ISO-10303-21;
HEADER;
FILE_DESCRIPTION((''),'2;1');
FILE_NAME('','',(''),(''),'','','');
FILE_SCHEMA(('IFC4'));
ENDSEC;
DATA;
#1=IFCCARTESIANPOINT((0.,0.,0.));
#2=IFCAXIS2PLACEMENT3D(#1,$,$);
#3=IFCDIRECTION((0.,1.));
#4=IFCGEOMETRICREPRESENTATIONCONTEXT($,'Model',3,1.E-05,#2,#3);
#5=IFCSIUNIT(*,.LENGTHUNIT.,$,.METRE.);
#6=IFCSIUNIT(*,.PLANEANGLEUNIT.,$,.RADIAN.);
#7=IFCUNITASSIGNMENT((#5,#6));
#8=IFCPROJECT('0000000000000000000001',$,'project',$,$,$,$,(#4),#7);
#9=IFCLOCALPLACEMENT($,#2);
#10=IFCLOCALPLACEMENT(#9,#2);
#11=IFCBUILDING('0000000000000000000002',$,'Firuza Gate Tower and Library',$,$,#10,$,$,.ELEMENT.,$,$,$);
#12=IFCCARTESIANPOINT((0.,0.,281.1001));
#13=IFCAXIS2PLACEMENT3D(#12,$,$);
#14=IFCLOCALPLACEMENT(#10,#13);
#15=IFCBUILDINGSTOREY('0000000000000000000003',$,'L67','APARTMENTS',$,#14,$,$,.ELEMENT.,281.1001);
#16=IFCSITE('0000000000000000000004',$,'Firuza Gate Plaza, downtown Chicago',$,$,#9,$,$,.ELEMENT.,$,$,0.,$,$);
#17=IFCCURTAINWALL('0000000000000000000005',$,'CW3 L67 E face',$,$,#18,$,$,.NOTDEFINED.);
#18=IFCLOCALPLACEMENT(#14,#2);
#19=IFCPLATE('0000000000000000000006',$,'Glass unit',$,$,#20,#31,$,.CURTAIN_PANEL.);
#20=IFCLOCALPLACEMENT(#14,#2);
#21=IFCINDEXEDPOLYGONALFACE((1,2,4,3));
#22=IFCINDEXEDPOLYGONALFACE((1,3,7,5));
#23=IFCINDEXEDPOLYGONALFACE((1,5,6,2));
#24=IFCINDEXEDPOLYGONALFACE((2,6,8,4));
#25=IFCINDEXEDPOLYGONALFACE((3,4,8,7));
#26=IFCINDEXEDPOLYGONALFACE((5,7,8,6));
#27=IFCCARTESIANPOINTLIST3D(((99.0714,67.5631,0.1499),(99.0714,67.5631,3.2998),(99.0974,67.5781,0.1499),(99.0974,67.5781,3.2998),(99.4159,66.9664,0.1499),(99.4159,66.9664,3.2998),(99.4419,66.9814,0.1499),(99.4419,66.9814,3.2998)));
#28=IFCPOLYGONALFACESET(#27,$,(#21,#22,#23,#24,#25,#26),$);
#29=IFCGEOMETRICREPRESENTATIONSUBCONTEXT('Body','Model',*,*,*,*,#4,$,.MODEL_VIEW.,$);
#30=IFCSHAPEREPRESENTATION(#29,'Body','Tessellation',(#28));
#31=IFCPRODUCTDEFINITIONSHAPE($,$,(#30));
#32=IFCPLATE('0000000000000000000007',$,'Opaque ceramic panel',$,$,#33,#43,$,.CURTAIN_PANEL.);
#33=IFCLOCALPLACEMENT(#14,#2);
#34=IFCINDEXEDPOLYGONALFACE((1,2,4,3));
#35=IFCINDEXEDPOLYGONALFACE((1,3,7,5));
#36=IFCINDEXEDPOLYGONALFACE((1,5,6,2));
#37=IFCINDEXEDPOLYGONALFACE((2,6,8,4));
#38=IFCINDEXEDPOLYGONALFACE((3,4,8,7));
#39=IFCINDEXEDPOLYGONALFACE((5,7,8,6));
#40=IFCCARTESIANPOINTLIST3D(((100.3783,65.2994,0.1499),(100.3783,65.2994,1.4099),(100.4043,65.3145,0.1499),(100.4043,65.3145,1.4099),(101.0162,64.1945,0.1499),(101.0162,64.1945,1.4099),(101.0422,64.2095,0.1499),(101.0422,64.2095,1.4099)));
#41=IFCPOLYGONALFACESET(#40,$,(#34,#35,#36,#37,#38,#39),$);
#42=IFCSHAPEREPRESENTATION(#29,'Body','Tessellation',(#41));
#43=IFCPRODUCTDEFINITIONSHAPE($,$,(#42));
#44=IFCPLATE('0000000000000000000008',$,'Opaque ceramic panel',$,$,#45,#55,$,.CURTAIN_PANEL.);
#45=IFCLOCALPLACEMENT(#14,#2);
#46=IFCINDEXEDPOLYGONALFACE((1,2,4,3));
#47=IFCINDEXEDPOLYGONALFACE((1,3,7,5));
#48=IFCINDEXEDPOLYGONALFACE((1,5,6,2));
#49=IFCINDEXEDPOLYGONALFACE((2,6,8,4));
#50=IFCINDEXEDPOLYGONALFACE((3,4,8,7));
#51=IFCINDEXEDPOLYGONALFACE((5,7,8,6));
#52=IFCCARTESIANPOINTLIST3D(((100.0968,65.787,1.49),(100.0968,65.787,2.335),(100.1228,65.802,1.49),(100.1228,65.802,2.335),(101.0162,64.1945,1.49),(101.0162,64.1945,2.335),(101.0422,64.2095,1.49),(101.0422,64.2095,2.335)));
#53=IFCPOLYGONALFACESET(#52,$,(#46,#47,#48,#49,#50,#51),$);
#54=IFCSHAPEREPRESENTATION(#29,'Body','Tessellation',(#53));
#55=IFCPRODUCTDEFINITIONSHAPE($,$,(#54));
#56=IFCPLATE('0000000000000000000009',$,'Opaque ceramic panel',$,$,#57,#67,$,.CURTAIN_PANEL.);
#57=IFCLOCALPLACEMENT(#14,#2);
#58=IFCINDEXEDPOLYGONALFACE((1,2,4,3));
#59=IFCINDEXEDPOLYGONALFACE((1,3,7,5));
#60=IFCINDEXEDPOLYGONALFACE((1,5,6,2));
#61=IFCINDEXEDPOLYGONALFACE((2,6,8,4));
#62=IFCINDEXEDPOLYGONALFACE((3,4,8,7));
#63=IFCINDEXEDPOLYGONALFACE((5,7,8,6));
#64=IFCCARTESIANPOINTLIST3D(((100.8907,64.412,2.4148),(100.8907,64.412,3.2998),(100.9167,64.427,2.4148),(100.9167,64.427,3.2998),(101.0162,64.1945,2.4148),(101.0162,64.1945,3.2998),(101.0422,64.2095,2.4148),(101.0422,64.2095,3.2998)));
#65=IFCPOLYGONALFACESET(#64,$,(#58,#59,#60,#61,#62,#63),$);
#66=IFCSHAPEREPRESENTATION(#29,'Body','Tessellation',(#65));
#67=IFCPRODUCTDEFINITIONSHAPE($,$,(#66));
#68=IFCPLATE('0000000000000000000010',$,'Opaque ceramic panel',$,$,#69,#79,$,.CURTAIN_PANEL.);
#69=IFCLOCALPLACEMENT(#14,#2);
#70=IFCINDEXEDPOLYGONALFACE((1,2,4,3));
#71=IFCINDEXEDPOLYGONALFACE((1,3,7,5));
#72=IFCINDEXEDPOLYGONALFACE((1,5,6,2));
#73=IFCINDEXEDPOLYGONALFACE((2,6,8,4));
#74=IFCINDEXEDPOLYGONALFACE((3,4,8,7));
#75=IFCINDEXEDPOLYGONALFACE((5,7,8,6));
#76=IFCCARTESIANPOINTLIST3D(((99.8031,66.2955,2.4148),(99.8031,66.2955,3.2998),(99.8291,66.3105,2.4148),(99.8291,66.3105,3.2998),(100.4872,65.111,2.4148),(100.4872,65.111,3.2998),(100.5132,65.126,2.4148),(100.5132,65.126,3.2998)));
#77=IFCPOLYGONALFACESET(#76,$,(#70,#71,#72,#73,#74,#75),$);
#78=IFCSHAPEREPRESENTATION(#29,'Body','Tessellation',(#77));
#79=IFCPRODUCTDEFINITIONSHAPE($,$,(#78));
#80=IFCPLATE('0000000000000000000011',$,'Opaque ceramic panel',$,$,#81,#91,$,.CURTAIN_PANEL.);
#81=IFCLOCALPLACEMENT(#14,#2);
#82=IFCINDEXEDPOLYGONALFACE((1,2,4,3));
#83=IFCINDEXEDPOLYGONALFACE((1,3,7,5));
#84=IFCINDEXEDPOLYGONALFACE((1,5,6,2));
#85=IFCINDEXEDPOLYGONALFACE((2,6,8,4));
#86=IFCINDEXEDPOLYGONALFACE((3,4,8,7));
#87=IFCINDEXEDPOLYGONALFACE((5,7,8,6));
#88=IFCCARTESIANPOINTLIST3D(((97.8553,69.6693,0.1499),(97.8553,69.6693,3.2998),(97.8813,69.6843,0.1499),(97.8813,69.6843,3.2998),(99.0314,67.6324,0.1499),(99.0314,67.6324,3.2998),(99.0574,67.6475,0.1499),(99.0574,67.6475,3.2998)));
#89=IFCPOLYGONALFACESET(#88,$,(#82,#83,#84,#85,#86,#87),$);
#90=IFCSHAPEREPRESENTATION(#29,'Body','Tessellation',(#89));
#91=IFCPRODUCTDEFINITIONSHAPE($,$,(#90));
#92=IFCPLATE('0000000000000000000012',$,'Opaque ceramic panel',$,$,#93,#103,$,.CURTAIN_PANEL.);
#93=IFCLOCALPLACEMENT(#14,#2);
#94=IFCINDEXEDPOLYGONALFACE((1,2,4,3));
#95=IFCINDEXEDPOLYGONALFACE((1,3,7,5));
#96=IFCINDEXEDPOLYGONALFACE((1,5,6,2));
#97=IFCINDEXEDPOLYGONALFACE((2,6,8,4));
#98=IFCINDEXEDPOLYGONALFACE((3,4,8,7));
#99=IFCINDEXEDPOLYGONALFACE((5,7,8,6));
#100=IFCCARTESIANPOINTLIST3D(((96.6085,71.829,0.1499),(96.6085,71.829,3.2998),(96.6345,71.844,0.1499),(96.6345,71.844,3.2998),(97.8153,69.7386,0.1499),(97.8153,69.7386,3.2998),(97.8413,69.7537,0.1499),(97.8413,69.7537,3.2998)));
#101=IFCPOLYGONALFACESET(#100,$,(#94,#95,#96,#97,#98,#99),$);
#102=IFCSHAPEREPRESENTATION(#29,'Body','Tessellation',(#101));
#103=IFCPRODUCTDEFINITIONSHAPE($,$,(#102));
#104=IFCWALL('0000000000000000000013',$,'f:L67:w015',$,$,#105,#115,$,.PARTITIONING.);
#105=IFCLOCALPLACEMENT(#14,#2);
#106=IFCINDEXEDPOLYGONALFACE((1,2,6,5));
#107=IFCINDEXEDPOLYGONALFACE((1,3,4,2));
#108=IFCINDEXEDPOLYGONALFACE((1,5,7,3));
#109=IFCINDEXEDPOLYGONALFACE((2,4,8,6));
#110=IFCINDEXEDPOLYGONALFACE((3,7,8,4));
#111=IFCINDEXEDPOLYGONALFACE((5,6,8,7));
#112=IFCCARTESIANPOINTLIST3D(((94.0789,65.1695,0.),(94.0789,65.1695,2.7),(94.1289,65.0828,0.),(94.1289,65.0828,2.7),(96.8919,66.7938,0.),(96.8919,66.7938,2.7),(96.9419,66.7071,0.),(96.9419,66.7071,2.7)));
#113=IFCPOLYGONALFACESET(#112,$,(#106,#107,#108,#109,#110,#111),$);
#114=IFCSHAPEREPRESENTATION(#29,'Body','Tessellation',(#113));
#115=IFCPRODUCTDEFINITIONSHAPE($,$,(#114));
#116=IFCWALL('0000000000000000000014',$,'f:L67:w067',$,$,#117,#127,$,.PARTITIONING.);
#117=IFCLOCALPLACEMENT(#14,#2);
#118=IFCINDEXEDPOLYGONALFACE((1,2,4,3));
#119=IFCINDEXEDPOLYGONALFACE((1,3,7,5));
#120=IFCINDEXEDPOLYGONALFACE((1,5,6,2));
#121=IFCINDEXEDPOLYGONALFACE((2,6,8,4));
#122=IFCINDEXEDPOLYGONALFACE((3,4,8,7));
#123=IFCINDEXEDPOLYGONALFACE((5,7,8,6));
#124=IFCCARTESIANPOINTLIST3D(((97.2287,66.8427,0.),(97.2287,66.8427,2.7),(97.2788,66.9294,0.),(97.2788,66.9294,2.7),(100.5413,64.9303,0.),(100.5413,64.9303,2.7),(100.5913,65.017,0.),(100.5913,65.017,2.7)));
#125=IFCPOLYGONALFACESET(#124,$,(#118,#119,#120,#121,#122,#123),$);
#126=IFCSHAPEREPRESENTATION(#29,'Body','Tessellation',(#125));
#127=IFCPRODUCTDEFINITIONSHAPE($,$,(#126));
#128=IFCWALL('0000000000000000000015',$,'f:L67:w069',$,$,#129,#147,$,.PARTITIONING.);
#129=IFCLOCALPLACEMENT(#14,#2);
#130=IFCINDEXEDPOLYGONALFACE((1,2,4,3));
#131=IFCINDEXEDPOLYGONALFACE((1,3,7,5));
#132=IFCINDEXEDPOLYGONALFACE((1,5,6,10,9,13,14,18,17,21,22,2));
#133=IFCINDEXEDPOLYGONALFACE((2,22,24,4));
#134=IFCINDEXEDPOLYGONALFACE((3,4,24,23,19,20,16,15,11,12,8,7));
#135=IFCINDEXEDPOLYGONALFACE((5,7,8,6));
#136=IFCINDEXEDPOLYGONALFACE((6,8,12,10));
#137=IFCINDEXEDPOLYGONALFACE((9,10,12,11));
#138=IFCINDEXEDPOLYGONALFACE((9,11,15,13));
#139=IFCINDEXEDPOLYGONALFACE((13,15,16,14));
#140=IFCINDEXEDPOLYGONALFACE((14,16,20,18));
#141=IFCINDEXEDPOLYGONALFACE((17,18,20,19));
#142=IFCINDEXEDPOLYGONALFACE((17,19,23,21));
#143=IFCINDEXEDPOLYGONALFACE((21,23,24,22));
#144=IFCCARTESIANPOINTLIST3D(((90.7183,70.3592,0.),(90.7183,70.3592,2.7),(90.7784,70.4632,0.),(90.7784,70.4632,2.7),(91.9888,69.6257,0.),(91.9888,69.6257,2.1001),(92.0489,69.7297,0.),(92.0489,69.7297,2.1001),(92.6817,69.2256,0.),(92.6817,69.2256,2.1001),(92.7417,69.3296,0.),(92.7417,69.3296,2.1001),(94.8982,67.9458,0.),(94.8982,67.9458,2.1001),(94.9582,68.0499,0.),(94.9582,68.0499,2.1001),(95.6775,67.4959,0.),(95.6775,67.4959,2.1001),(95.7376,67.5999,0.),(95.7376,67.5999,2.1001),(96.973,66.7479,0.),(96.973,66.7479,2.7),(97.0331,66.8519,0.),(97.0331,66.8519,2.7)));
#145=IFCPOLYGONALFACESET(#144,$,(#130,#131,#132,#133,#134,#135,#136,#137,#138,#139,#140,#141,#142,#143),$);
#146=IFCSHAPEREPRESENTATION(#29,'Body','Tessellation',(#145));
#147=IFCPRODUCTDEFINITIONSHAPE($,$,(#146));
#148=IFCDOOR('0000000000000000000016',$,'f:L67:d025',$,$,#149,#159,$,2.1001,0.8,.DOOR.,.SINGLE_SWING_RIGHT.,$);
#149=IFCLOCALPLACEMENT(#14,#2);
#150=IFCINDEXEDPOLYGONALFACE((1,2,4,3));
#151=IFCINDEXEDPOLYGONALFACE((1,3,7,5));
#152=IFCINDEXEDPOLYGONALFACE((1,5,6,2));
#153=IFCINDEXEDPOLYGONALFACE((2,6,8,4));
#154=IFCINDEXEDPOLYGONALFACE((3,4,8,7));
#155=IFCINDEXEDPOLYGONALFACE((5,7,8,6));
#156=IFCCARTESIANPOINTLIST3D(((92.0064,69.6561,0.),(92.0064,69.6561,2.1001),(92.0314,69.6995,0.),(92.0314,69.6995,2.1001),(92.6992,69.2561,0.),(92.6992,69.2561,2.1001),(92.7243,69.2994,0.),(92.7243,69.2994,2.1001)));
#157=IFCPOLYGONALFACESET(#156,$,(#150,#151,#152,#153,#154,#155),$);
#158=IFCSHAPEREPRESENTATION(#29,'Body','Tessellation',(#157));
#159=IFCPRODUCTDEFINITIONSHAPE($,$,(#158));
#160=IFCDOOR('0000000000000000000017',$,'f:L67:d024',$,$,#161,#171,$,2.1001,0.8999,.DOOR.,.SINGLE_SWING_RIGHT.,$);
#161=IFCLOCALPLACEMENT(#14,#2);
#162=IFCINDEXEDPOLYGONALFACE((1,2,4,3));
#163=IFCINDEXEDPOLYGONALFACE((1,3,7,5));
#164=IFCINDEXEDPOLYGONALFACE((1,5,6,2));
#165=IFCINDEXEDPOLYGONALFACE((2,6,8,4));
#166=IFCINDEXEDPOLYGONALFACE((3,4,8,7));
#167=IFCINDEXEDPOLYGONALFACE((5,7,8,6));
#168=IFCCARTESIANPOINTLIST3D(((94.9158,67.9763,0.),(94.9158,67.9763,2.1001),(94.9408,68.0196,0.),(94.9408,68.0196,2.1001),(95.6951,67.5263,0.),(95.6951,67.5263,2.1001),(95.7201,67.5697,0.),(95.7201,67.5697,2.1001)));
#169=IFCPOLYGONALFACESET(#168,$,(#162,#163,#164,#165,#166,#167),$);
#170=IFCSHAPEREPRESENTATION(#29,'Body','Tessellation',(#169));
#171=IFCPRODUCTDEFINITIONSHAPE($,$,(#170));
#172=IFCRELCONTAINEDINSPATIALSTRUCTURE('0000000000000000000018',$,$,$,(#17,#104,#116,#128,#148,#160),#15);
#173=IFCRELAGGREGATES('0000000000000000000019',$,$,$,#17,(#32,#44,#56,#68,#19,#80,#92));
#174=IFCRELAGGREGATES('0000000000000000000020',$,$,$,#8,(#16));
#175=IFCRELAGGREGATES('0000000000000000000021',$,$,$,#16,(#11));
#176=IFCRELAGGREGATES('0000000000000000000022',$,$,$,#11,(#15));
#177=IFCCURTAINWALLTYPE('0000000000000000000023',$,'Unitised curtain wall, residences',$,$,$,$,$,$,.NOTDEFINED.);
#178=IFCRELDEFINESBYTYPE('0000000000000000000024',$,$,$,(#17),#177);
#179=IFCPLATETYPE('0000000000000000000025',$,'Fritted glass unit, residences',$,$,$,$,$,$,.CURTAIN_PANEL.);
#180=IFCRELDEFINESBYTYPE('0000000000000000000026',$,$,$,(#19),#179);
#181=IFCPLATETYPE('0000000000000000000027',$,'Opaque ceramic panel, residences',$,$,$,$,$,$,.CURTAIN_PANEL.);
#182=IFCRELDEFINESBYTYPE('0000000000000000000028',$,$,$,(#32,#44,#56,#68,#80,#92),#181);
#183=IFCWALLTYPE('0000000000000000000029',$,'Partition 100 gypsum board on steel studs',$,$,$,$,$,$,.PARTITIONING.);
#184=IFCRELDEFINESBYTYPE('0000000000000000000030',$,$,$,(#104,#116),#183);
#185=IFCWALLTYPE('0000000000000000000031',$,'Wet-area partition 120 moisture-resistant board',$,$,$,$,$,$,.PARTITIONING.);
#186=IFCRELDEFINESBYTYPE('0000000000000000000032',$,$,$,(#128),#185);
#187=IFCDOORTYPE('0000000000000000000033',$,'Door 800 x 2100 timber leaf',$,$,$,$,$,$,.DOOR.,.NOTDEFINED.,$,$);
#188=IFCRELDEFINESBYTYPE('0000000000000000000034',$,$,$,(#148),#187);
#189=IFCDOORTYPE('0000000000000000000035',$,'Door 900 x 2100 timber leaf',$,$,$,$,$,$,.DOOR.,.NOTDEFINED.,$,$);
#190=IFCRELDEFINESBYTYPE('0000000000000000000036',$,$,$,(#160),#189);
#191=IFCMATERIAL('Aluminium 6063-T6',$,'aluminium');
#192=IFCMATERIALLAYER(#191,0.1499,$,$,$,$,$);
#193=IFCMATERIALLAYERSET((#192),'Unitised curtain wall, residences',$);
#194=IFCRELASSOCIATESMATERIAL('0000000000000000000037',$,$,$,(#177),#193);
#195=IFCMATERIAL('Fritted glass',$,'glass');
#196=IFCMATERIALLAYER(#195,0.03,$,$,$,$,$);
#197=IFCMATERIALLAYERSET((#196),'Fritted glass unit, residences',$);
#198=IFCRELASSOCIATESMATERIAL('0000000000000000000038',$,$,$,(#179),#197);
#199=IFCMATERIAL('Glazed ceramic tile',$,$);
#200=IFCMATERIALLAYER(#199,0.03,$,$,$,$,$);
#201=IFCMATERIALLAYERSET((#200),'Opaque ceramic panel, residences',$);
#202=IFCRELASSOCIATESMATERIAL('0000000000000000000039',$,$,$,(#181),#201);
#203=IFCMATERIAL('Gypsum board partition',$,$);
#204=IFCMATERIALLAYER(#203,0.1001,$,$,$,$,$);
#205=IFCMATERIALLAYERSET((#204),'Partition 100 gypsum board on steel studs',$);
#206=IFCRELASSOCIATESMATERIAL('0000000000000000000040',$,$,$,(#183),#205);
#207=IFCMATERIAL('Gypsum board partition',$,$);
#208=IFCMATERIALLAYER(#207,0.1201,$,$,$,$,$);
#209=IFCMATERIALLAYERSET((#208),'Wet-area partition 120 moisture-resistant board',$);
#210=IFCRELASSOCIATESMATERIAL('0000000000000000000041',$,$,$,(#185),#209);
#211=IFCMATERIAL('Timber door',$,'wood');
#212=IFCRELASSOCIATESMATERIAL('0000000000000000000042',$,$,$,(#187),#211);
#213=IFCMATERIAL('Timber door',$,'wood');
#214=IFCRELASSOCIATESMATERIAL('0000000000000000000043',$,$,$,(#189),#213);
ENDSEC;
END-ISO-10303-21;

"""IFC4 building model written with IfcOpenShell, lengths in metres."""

from ifc_helpers import new_model, si_unit, direction, frame, frame_2d, origin, place, context, subcontext, project, spatial, polyline, rectangle, outline, extrude, material, layer, layer_set, type_object, element, fill, aggregate, save


model = new_model("IFC4")

# Units and contexts
model_context = context("Model", 3, precision=1e-05, world=origin(), true_north=direction((0.0, 1.0)))
body_context = subcontext(model_context, "Body", "Model", "MODEL_VIEW")
ifc_project = project(units=[si_unit("LENGTHUNIT", "METRE"), si_unit("PLANEANGLEUNIT", "RADIAN")], contexts=[model_context])

# Site, building, storey
site_placement = place(None, origin())
site = spatial("IfcSite", under=ifc_project, at=site_placement, Name="Firuza Gate Plaza, downtown Chicago", CompositionType="ELEMENT", RefElevation=0.0)
building_placement = place(site_placement, origin())
building = spatial("IfcBuilding", under=site, at=building_placement, Name="Firuza Gate Tower and Library", CompositionType="ELEMENT")
storey_placement = place(building_placement, frame((0.0, 0.0, 281.1001)))
storey = spatial("IfcBuildingStorey", under=building, at=storey_placement, Name="L67", Description="APARTMENTS", CompositionType="ELEMENT", Elevation=281.1001)

# Curtain wall
ifc_material_1 = material(Name="Aluminium 6063-T6", Category="aluminium")
ifc_layer_1 = layer(ifc_material_1, 0.1499)
ifc_layer_set_1 = layer_set([ifc_layer_1], Name="Unitised curtain wall, residences")
curtain_wall_type = type_object("IfcCurtainWallType", Name="Unitised curtain wall, residences", PredefinedType="NOTDEFINED", material=ifc_layer_set_1)
curtain_wall_placement = place(storey_placement, origin())
curtain_wall = element("IfcCurtainWall", 1, at=curtain_wall_placement, inside=storey, type_object=curtain_wall_type, Name="CW3 L67 E face", PredefinedType="NOTDEFINED")

# Plates
ifc_material_2 = material(Name="Fritted glass", Category="glass")
ifc_layer_2 = layer(ifc_material_2, 0.03)
ifc_layer_set_2 = layer_set([ifc_layer_2], Name="Fritted glass unit, residences")
plate_type_1 = type_object("IfcPlateType", Name="Fritted glass unit, residences", PredefinedType="CURTAIN_PANEL", material=ifc_layer_set_2)
plate_1_placement = place(storey_placement, frame((99.4419, 66.9814, 0.1499), z_axis=(0.866032, 0.499988, 0.0), x_axis=(-0.499988, 0.866032, 0.0)))
plate_1 = element("IfcPlate", 2, at=plate_1_placement, type_object=plate_type_1, Name="Glass unit", PredefinedType="CURTAIN_PANEL", context=body_context, shape_type="SweptSolid", body=[
    extrude(outline(polyline([(0.0, 0.0), (0.689, 0.0), (0.689, 3.1499), (0.0, 3.1499), (0.0, 0.0)])), origin(), (0.0, 0.0, -1.0), 0.03),
])
ifc_material_3 = material(Name="Glazed ceramic tile")
ifc_layer_3 = layer(ifc_material_3, 0.03)
ifc_layer_set_3 = layer_set([ifc_layer_3], Name="Opaque ceramic panel, residences")
plate_type_2 = type_object("IfcPlateType", Name="Opaque ceramic panel, residences", PredefinedType="CURTAIN_PANEL", material=ifc_layer_set_3)
plate_2_placement = place(storey_placement, frame((101.0422, 64.2095, 0.1499), z_axis=(0.866033, 0.499987, 0.0), x_axis=(-0.499987, 0.866033, 0.0)))
plate_2 = element("IfcPlate", 3, at=plate_2_placement, type_object=plate_type_2, Name="Opaque ceramic panel", PredefinedType="CURTAIN_PANEL", context=body_context, shape_type="SweptSolid", body=[
    extrude(outline(polyline([(0.0, 0.0), (1.2759, 0.0), (1.2759, 1.26), (0.0, 1.26), (0.0, 0.0)])), origin(), (0.0, 0.0, -1.0), 0.03),
])
plate_3_placement = place(storey_placement, frame((101.0422, 64.2095, 1.49), z_axis=(0.866029, 0.499994, 0.0), x_axis=(-0.499994, 0.866029, 0.0)))
plate_3 = element("IfcPlate", 4, at=plate_3_placement, type_object=plate_type_2, Name="Opaque ceramic panel", PredefinedType="CURTAIN_PANEL", context=body_context, shape_type="SweptSolid", body=[
    extrude(outline(polyline([(0.0, 0.0), (1.8389, 0.0), (1.8389, 0.845), (0.0, 0.845), (0.0, 0.0)])), origin(), (0.0, 0.0, -1.0), 0.03),
])
plate_4_placement = place(storey_placement, frame((101.0422, 64.2095, 2.4148), z_axis=(0.866202, 0.499694, 0.0), x_axis=(-0.499694, 0.866202, 0.0)))
plate_4 = element("IfcPlate", 5, at=plate_4_placement, type_object=plate_type_2, Name="Opaque ceramic panel", PredefinedType="CURTAIN_PANEL", context=body_context, shape_type="SweptSolid", body=[
    extrude(outline(polyline([(0.0, 0.0), (0.2511, 0.0), (0.2511, 0.885), (0.0, 0.885), (0.0, 0.0)])), origin(), (0.0, 0.0, -1.0), 0.03),
])
plate_5_placement = place(storey_placement, frame((100.5132, 65.126, 2.4148), z_axis=(0.865972, 0.500093, 0.0), x_axis=(-0.500093, 0.865972, 0.0)))
plate_5 = element("IfcPlate", 6, at=plate_5_placement, type_object=plate_type_2, Name="Opaque ceramic panel", PredefinedType="CURTAIN_PANEL", context=body_context, shape_type="SweptSolid", body=[
    extrude(outline(polyline([(0.0, 0.0), (1.3679, 0.0), (1.3679, 0.885), (0.0, 0.885), (0.0, 0.0)])), origin(), (0.0, 0.0, -1.0), 0.03),
])
plate_6_placement = place(storey_placement, frame((99.0574, 67.6475, 0.1499), z_axis=(0.866018, 0.500013, 0.0), x_axis=(-0.500013, 0.866018, 0.0)))
plate_6 = element("IfcPlate", 7, at=plate_6_placement, type_object=plate_type_2, Name="Opaque ceramic panel", PredefinedType="CURTAIN_PANEL", context=body_context, shape_type="SweptSolid", body=[
    extrude(outline(polyline([(0.0, 0.0), (2.352, 0.0), (2.352, 3.1499), (0.0, 3.1499), (0.0, 0.0)])), origin(), (0.0, 0.0, -1.0), 0.03),
])
plate_7_placement = place(storey_placement, frame((97.8413, 69.7537, 0.1499), z_axis=(0.866037, 0.499979, 0.0), x_axis=(-0.499979, 0.866037, 0.0)))
plate_7 = element("IfcPlate", 8, at=plate_7_placement, type_object=plate_type_2, Name="Opaque ceramic panel", PredefinedType="CURTAIN_PANEL", context=body_context, shape_type="SweptSolid", body=[
    extrude(outline(polyline([(0.0, 0.0), (2.4137, 0.0), (2.4137, 3.1499), (0.0, 3.1499), (0.0, 0.0)])), origin(), (0.0, 0.0, -1.0), 0.03),
])
aggregate(curtain_wall, [plate_2, plate_3, plate_4, plate_5, plate_1, plate_6, plate_7])

# Walls
ifc_material_4 = material(Name="Gypsum board partition")
ifc_layer_4 = layer(ifc_material_4, 0.1001)
ifc_layer_set_4 = layer_set([ifc_layer_4], Name="Partition 100 gypsum board on steel studs")
wall_type_1 = type_object("IfcWallType", Name="Partition 100 gypsum board on steel studs", PredefinedType="PARTITIONING", material=ifc_layer_set_4)
wall_1_placement = place(storey_placement, frame((94.104, 65.1262, 0.0), z_axis=(0.0, 0.0, 1.0), x_axis=(0.866, 0.500043, 0.0)))
element("IfcWall", 9, at=wall_1_placement, inside=storey, type_object=wall_type_1, Name="f:L67:w015", PredefinedType="PARTITIONING", context=body_context, shape_type="SweptSolid", body=[
    extrude(rectangle(XDim=3.2483, YDim=0.1001, at=frame_2d((1.624, 0.0))), origin(), (0.0, 0.0, 1.0), 2.7),
])
wall_2_placement = place(storey_placement, frame((100.5664, 64.9736, 0.0), z_axis=(0.0, 0.0, 1.0), x_axis=(-0.866039, 0.499977, 0.0)))
element("IfcWall", 10, at=wall_2_placement, inside=storey, type_object=wall_type_1, Name="f:L67:w067", PredefinedType="PARTITIONING", context=body_context, shape_type="SweptSolid", body=[
    extrude(rectangle(XDim=3.825, YDim=0.1001, at=frame_2d((1.9126, 0.0))), origin(), (0.0, 0.0, 1.0), 2.7),
])

# Wall, openings, doors
ifc_material_5 = material(Name="Gypsum board partition")
ifc_layer_5 = layer(ifc_material_5, 0.1201)
ifc_layer_set_5 = layer_set([ifc_layer_5], Name="Wet-area partition 120 moisture-resistant board")
wall_type_2 = type_object("IfcWallType", Name="Wet-area partition 120 moisture-resistant board", PredefinedType="PARTITIONING", material=ifc_layer_set_5)
wall_3_placement = place(storey_placement, frame((97.0032, 66.7998, 0.0), z_axis=(0.0, 0.0, 1.0), x_axis=(-0.866013, 0.500022, 0.0)))
wall_3 = element("IfcWall", 11, at=wall_3_placement, inside=storey, type_object=wall_type_2, Name="f:L67:w069", PredefinedType="PARTITIONING", context=body_context, shape_type="SweptSolid", body=[
    extrude(rectangle(XDim=7.2224, YDim=0.1201, at=frame_2d((3.6113, 0.0))), origin(), (0.0, 0.0, 1.0), 2.7),
])
opening_1_placement = place(wall_3_placement, frame((1.4961, 0.0, 0.0)))
opening_1 = element("IfcOpeningElement", 12, at=opening_1_placement, cuts=wall_3, PredefinedType="OPENING", context=body_context, shape_type="SweptSolid", body=[
    extrude(rectangle(XDim=0.8999, YDim=2.1001, at=frame_2d((0.45, 1.05))), frame((0.0, 0.0701, 0.0), z_axis=(0.0, -1.0, 0.0), x_axis=(1.0, 0.0, 0.0)), (0.0, 0.0, 1.0), 0.1401),
])
opening_2_placement = place(wall_3_placement, frame((4.9556, 0.0, 0.0)))
opening_2 = element("IfcOpeningElement", 13, at=opening_2_placement, cuts=wall_3, PredefinedType="OPENING", context=body_context, shape_type="SweptSolid", body=[
    extrude(rectangle(XDim=0.8, YDim=2.1001, at=frame_2d((0.3999, 1.05))), frame((0.0, 0.0701, 0.0), z_axis=(0.0, -1.0, 0.0), x_axis=(1.0, 0.0, 0.0)), (0.0, 0.0, 1.0), 0.1401),
])
ifc_material_6 = material(Name="Timber door", Category="wood")
door_type_1 = type_object("IfcDoorType", Name="Door 800 x 2100 timber leaf", OperationType="NOTDEFINED", PredefinedType="DOOR", material=ifc_material_6)
door_1_placement = place(opening_2_placement, origin())
door_1 = element("IfcDoor", 14, at=door_1_placement, inside=storey, type_object=door_type_1, Name="f:L67:d025", OperationType="SINGLE_SWING_RIGHT", OverallHeight=2.1001, OverallWidth=0.8, PredefinedType="DOOR", context=body_context, shape_type="SweptSolid", body=[
    extrude(rectangle(XDim=0.8, YDim=2.1001, at=frame_2d((0.3999, 1.05))), frame((0.0, 0.0249, 0.0), z_axis=(0.0, -1.0, 0.0), x_axis=(1.0, 0.0, 0.0)), (0.0, 0.0, 1.0), 0.05),
])
fill(opening_2, door_1)
ifc_material_7 = material(Name="Timber door", Category="wood")
door_type_2 = type_object("IfcDoorType", Name="Door 900 x 2100 timber leaf", OperationType="NOTDEFINED", PredefinedType="DOOR", material=ifc_material_7)
door_2_placement = place(opening_1_placement, origin())
door_2 = element("IfcDoor", 15, at=door_2_placement, inside=storey, type_object=door_type_2, Name="f:L67:d024", OperationType="SINGLE_SWING_RIGHT", OverallHeight=2.1001, OverallWidth=0.8999, PredefinedType="DOOR", context=body_context, shape_type="SweptSolid", body=[
    extrude(rectangle(XDim=0.8999, YDim=2.1001, at=frame_2d((0.45, 1.05))), frame((0.0, 0.0249, 0.0), z_axis=(0.0, -1.0, 0.0), x_axis=(1.0, 0.0, 0.0)), (0.0, 0.0, 1.0), 0.05),
])
fill(opening_1, door_2)

save(model, "model.ifc")
